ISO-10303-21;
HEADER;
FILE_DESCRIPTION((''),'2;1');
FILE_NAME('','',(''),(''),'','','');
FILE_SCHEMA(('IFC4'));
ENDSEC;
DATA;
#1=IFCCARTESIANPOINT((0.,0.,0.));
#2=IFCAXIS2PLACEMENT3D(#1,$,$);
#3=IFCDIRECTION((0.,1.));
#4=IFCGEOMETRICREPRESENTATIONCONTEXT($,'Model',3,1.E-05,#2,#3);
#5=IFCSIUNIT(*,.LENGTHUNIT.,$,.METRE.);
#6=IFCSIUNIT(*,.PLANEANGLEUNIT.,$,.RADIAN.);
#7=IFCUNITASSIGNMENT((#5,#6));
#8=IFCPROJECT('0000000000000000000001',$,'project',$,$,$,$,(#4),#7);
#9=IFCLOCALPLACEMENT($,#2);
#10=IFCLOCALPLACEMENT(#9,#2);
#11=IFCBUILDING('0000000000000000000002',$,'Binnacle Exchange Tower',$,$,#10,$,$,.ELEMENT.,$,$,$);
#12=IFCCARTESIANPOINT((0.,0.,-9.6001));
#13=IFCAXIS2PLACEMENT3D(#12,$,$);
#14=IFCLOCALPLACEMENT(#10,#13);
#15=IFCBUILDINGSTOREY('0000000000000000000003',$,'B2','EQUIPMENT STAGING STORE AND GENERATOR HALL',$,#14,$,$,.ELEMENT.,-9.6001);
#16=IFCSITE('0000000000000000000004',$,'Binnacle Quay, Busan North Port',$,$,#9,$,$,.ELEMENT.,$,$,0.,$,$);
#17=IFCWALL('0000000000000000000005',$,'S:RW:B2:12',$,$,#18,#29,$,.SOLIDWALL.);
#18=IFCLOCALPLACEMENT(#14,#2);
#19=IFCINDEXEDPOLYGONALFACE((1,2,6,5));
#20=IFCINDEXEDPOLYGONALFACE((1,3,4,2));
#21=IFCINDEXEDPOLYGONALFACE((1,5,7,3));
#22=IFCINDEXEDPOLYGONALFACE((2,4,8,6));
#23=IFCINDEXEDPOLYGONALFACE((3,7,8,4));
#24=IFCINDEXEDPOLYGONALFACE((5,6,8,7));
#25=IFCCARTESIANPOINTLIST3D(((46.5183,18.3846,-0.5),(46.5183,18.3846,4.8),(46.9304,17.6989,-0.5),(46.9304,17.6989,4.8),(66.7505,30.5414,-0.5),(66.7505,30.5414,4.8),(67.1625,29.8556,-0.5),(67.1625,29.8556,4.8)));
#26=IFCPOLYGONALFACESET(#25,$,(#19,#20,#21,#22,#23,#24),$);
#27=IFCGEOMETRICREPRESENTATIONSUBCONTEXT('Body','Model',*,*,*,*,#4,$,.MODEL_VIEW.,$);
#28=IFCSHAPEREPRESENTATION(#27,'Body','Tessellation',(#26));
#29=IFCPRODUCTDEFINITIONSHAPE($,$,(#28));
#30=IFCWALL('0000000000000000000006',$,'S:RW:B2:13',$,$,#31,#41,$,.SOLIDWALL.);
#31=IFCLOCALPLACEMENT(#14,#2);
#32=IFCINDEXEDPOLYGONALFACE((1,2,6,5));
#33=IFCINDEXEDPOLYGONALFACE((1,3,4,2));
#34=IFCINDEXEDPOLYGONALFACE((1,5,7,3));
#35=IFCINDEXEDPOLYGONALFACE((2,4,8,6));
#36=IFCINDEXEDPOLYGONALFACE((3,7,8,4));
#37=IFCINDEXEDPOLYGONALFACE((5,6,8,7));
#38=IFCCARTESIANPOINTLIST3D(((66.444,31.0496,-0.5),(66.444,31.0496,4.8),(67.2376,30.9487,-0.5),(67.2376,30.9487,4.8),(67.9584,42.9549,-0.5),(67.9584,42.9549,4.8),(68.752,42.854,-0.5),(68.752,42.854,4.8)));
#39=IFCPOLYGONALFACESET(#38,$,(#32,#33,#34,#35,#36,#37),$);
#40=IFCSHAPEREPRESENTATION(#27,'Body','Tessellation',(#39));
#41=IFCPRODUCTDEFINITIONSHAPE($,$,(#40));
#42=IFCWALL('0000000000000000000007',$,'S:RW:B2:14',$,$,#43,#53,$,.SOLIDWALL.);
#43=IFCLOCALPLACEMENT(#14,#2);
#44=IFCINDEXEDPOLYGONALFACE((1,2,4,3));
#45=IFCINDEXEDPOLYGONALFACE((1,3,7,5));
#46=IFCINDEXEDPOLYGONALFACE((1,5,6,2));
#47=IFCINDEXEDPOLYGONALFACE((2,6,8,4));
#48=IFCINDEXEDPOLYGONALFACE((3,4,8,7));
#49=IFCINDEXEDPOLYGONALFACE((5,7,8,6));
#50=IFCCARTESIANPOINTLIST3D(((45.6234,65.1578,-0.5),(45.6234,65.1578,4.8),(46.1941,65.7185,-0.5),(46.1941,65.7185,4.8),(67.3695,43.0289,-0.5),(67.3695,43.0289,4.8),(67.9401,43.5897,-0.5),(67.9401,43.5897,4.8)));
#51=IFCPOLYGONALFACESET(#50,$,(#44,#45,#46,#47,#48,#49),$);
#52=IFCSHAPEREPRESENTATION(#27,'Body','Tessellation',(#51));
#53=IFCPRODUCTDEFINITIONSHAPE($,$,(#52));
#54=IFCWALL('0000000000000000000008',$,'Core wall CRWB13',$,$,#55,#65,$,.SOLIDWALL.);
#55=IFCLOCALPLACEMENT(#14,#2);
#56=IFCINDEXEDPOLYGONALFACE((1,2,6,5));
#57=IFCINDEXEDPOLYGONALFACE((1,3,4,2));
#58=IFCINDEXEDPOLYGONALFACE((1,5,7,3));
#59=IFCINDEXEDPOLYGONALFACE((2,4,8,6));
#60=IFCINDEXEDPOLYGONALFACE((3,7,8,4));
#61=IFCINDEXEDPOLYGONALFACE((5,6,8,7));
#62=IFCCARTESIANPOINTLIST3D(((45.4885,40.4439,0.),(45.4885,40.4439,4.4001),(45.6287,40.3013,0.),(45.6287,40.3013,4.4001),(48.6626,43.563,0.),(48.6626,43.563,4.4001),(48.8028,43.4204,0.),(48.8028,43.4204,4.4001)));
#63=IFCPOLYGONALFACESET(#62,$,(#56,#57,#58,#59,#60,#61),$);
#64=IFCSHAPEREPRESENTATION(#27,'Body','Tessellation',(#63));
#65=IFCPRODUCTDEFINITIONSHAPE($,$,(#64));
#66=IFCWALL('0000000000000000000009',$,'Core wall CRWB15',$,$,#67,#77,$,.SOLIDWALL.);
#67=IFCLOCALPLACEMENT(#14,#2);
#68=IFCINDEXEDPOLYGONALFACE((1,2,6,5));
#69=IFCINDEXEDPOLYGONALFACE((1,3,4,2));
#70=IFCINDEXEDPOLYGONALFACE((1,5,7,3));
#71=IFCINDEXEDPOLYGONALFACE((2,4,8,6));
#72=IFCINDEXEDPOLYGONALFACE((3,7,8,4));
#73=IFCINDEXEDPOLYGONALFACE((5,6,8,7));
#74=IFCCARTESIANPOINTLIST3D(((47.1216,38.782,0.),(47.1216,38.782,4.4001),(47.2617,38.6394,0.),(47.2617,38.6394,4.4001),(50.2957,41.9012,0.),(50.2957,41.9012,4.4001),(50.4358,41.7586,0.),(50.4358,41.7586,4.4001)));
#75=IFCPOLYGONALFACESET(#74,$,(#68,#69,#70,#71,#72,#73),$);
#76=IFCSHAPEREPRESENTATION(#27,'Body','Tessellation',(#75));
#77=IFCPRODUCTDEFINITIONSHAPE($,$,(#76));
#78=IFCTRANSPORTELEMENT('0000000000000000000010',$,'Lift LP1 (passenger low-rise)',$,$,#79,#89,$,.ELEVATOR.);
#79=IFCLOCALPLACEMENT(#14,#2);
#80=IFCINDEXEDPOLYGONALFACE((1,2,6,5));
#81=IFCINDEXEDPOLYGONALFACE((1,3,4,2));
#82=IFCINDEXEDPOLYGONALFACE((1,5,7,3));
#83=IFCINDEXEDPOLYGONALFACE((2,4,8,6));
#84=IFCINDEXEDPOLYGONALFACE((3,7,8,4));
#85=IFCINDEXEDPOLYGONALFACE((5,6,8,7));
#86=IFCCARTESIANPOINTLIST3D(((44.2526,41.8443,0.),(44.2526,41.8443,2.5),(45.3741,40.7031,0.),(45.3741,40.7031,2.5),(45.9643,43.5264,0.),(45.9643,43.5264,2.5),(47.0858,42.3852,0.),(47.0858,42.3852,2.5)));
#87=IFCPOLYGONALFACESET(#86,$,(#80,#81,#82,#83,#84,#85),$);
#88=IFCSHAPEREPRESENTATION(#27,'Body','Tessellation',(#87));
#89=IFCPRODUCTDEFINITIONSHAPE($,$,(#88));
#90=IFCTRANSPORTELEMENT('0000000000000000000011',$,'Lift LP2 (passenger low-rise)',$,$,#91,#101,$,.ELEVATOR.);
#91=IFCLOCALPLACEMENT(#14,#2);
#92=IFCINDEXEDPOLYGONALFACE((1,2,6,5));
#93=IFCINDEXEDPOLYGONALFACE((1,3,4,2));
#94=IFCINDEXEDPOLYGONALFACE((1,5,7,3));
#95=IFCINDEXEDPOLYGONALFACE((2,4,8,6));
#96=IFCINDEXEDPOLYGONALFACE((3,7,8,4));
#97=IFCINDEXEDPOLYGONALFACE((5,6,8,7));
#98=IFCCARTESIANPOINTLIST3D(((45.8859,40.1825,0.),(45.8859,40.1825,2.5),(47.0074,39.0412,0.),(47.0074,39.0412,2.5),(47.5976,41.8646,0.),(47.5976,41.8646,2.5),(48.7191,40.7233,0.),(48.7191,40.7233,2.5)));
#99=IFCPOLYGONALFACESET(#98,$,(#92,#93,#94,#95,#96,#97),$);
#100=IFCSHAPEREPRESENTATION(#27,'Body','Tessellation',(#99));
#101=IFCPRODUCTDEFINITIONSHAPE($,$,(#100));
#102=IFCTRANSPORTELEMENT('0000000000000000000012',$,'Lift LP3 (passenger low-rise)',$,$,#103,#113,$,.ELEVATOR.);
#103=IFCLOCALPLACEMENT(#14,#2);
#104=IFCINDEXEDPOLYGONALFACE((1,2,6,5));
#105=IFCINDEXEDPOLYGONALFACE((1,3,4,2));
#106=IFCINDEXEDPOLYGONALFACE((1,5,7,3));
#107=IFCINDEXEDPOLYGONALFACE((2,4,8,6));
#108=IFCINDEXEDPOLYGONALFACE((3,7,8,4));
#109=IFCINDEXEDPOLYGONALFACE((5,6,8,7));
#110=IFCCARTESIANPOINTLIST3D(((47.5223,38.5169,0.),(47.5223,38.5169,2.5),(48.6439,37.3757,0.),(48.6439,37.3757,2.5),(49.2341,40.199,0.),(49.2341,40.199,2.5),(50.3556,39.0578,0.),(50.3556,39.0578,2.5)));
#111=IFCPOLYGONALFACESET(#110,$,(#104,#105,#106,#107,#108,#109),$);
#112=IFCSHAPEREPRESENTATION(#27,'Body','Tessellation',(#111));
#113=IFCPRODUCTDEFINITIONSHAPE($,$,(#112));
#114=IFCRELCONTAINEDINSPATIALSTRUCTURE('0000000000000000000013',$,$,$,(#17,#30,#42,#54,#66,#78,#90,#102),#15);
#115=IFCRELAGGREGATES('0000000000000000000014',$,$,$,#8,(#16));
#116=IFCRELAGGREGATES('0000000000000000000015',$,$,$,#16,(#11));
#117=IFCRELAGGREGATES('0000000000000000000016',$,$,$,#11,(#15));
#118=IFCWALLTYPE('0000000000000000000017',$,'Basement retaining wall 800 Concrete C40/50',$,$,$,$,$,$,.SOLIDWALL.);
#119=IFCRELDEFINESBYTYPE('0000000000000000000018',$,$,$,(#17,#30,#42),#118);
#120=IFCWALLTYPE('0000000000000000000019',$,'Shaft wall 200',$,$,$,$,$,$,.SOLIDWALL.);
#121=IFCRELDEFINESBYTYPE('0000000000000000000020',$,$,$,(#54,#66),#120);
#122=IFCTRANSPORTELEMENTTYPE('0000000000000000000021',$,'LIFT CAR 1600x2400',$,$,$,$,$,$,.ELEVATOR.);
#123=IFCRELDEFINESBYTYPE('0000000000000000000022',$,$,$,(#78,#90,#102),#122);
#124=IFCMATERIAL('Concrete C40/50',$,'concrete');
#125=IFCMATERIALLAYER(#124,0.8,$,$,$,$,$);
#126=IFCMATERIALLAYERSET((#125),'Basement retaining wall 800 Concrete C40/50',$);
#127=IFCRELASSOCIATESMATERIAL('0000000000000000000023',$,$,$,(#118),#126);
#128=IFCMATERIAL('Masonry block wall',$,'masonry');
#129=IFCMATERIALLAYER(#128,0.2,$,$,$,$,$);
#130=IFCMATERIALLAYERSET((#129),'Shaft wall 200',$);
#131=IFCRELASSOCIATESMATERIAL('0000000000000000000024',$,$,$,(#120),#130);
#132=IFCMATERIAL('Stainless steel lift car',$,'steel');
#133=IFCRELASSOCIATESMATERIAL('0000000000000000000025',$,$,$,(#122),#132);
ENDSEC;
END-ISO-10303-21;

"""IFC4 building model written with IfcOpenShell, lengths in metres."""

from ifc_helpers import new_model, si_unit, direction, frame, frame_2d, origin, origin_2d, place, context, subcontext, project, spatial, rectangle, extrude, material, layer, layer_set, type_object, element, save


model = new_model("IFC4")

# Units and contexts
model_context = context("Model", 3, precision=1e-05, world=origin(), true_north=direction((0.0, 1.0)))
body_context = subcontext(model_context, "Body", "Model", "MODEL_VIEW")
ifc_project = project(units=[si_unit("LENGTHUNIT", "METRE"), si_unit("PLANEANGLEUNIT", "RADIAN")], contexts=[model_context])

# Site, building, storey
site_placement = place(None, origin())
site = spatial("IfcSite", under=ifc_project, at=site_placement, Name="Binnacle Quay, Busan North Port", CompositionType="ELEMENT", RefElevation=0.0)
building_placement = place(site_placement, origin())
building = spatial("IfcBuilding", under=site, at=building_placement, Name="Binnacle Exchange Tower", CompositionType="ELEMENT")
storey_placement = place(building_placement, frame((0.0, 0.0, -9.6001)))
storey = spatial("IfcBuildingStorey", under=building, at=storey_placement, Name="B2", Description="EQUIPMENT STAGING STORE AND GENERATOR HALL", CompositionType="ELEMENT", Elevation=-9.6001)

# Shared definitions
ifc_material_1 = material(Name="Concrete C40/50", Category="concrete")

# Walls
ifc_layer_1 = layer(ifc_material_1, 0.8)
ifc_layer_set_1 = layer_set([ifc_layer_1], Name="Basement retaining wall 800 Concrete C40/50")
wall_type_1 = type_object("IfcWallType", Name="Basement retaining wall 800 Concrete C40/50", PredefinedType="SOLIDWALL", material=ifc_layer_set_1)
wall_1_placement = place(storey_placement, frame((46.7244, 18.0417, -0.5), z_axis=(0.0, 0.0, 1.0), x_axis=(0.857167, 0.515039, 0.0)))
element("IfcWall", 1, at=wall_1_placement, inside=storey, type_object=wall_type_1, Name="S:RW:B2:12", PredefinedType="SOLIDWALL", context=body_context, shape_type="SweptSolid", body=[
    extrude(rectangle(XDim=23.6035, YDim=0.8, at=frame_2d((11.8018, 0.0))), origin(), (0.0, 0.0, 1.0), 5.3),
])
wall_2_placement = place(storey_placement, frame((66.8408, 30.9993, -0.5), z_axis=(0.0, 0.0, 1.0), x_axis=(0.126188, 0.992006, 0.0)))
element("IfcWall", 2, at=wall_2_placement, inside=storey, type_object=wall_type_1, Name="S:RW:B2:13", PredefinedType="SOLIDWALL", context=body_context, shape_type="SweptSolid", body=[
    extrude(rectangle(XDim=12.0012, YDim=0.8, at=frame_2d((6.0005, 0.0))), origin(), (0.0, 0.0, 1.0), 5.3),
])
wall_3_placement = place(storey_placement, frame((67.6548, 43.3093, -0.5), z_axis=(0.0, 0.0, 1.0), x_axis=(-0.700911, 0.713249, 0.0)))
element("IfcWall", 3, at=wall_3_placement, inside=storey, type_object=wall_type_1, Name="S:RW:B2:14", PredefinedType="SOLIDWALL", context=body_context, shape_type="SweptSolid", body=[
    extrude(rectangle(XDim=31.0254, YDim=0.8, at=frame_2d((15.5127, 0.0))), origin(), (0.0, 0.0, 1.0), 5.3),
])
ifc_material_2 = material(Name="Masonry block wall", Category="masonry")
ifc_layer_2 = layer(ifc_material_2, 0.2)
ifc_layer_set_2 = layer_set([ifc_layer_2], Name="Shaft wall 200")
wall_type_2 = type_object("IfcWallType", Name="Shaft wall 200", PredefinedType="SOLIDWALL", material=ifc_layer_set_2)
for number, where, z_axis, x_axis, name in (
    (4, (45.5586, 40.3726, 0.0), (0.0, 0.0, 1.0), (0.713252, 0.700908, 0.0), "Core wall CRWB13"),
    (5, (47.1917, 38.7107, 0.0), (0.0, 0.0, 1.0), (0.713252, 0.700908, 0.0), "Core wall CRWB15"),
):
    element("IfcWall", number, at=place(storey_placement, frame(where, z_axis=z_axis, x_axis=x_axis)), inside=storey, type_object=wall_type_2, Name=name, PredefinedType="SOLIDWALL", context=body_context, shape_type="SweptSolid", body=[
        extrude(rectangle(XDim=4.4502, YDim=0.2, at=frame_2d((2.2251, 0.0))), origin(), (0.0, 0.0, 1.0), 4.4001),
    ])

# Transport elements
ifc_material_3 = material(Name="Stainless steel lift car", Category="steel")
transport_element_type = type_object("IfcTransportElementType", Name="LIFT CAR 1600x2400", PredefinedType="ELEVATOR", material=ifc_material_3)
for number, where, z_axis, x_axis, name in (
    (6, (45.6692, 42.1147, 0.0), (0.0, 0.0, 1.0), (0.700909, -0.71325, 0.0), "Lift LP1 (passenger low-rise)"),
    (7, (47.3025, 40.4529, 0.0), (0.0, 0.0, 1.0), (0.700909, -0.71325, 0.0), "Lift LP2 (passenger low-rise)"),
    (8, (48.939, 38.7874, 0.0), (0.0, 0.0, 1.0), (0.700909, -0.71325, 0.0), "Lift LP3 (passenger low-rise)"),
):
    element("IfcTransportElement", number, at=place(storey_placement, frame(where, z_axis=z_axis, x_axis=x_axis)), inside=storey, type_object=transport_element_type, Name=name, PredefinedType="ELEVATOR", context=body_context, shape_type="SweptSolid", body=[
        extrude(rectangle(XDim=1.6001, YDim=2.3999, at=origin_2d()), origin(), (0.0, 0.0, 1.0), 2.5),
    ])

save(model, "model.ifc")
